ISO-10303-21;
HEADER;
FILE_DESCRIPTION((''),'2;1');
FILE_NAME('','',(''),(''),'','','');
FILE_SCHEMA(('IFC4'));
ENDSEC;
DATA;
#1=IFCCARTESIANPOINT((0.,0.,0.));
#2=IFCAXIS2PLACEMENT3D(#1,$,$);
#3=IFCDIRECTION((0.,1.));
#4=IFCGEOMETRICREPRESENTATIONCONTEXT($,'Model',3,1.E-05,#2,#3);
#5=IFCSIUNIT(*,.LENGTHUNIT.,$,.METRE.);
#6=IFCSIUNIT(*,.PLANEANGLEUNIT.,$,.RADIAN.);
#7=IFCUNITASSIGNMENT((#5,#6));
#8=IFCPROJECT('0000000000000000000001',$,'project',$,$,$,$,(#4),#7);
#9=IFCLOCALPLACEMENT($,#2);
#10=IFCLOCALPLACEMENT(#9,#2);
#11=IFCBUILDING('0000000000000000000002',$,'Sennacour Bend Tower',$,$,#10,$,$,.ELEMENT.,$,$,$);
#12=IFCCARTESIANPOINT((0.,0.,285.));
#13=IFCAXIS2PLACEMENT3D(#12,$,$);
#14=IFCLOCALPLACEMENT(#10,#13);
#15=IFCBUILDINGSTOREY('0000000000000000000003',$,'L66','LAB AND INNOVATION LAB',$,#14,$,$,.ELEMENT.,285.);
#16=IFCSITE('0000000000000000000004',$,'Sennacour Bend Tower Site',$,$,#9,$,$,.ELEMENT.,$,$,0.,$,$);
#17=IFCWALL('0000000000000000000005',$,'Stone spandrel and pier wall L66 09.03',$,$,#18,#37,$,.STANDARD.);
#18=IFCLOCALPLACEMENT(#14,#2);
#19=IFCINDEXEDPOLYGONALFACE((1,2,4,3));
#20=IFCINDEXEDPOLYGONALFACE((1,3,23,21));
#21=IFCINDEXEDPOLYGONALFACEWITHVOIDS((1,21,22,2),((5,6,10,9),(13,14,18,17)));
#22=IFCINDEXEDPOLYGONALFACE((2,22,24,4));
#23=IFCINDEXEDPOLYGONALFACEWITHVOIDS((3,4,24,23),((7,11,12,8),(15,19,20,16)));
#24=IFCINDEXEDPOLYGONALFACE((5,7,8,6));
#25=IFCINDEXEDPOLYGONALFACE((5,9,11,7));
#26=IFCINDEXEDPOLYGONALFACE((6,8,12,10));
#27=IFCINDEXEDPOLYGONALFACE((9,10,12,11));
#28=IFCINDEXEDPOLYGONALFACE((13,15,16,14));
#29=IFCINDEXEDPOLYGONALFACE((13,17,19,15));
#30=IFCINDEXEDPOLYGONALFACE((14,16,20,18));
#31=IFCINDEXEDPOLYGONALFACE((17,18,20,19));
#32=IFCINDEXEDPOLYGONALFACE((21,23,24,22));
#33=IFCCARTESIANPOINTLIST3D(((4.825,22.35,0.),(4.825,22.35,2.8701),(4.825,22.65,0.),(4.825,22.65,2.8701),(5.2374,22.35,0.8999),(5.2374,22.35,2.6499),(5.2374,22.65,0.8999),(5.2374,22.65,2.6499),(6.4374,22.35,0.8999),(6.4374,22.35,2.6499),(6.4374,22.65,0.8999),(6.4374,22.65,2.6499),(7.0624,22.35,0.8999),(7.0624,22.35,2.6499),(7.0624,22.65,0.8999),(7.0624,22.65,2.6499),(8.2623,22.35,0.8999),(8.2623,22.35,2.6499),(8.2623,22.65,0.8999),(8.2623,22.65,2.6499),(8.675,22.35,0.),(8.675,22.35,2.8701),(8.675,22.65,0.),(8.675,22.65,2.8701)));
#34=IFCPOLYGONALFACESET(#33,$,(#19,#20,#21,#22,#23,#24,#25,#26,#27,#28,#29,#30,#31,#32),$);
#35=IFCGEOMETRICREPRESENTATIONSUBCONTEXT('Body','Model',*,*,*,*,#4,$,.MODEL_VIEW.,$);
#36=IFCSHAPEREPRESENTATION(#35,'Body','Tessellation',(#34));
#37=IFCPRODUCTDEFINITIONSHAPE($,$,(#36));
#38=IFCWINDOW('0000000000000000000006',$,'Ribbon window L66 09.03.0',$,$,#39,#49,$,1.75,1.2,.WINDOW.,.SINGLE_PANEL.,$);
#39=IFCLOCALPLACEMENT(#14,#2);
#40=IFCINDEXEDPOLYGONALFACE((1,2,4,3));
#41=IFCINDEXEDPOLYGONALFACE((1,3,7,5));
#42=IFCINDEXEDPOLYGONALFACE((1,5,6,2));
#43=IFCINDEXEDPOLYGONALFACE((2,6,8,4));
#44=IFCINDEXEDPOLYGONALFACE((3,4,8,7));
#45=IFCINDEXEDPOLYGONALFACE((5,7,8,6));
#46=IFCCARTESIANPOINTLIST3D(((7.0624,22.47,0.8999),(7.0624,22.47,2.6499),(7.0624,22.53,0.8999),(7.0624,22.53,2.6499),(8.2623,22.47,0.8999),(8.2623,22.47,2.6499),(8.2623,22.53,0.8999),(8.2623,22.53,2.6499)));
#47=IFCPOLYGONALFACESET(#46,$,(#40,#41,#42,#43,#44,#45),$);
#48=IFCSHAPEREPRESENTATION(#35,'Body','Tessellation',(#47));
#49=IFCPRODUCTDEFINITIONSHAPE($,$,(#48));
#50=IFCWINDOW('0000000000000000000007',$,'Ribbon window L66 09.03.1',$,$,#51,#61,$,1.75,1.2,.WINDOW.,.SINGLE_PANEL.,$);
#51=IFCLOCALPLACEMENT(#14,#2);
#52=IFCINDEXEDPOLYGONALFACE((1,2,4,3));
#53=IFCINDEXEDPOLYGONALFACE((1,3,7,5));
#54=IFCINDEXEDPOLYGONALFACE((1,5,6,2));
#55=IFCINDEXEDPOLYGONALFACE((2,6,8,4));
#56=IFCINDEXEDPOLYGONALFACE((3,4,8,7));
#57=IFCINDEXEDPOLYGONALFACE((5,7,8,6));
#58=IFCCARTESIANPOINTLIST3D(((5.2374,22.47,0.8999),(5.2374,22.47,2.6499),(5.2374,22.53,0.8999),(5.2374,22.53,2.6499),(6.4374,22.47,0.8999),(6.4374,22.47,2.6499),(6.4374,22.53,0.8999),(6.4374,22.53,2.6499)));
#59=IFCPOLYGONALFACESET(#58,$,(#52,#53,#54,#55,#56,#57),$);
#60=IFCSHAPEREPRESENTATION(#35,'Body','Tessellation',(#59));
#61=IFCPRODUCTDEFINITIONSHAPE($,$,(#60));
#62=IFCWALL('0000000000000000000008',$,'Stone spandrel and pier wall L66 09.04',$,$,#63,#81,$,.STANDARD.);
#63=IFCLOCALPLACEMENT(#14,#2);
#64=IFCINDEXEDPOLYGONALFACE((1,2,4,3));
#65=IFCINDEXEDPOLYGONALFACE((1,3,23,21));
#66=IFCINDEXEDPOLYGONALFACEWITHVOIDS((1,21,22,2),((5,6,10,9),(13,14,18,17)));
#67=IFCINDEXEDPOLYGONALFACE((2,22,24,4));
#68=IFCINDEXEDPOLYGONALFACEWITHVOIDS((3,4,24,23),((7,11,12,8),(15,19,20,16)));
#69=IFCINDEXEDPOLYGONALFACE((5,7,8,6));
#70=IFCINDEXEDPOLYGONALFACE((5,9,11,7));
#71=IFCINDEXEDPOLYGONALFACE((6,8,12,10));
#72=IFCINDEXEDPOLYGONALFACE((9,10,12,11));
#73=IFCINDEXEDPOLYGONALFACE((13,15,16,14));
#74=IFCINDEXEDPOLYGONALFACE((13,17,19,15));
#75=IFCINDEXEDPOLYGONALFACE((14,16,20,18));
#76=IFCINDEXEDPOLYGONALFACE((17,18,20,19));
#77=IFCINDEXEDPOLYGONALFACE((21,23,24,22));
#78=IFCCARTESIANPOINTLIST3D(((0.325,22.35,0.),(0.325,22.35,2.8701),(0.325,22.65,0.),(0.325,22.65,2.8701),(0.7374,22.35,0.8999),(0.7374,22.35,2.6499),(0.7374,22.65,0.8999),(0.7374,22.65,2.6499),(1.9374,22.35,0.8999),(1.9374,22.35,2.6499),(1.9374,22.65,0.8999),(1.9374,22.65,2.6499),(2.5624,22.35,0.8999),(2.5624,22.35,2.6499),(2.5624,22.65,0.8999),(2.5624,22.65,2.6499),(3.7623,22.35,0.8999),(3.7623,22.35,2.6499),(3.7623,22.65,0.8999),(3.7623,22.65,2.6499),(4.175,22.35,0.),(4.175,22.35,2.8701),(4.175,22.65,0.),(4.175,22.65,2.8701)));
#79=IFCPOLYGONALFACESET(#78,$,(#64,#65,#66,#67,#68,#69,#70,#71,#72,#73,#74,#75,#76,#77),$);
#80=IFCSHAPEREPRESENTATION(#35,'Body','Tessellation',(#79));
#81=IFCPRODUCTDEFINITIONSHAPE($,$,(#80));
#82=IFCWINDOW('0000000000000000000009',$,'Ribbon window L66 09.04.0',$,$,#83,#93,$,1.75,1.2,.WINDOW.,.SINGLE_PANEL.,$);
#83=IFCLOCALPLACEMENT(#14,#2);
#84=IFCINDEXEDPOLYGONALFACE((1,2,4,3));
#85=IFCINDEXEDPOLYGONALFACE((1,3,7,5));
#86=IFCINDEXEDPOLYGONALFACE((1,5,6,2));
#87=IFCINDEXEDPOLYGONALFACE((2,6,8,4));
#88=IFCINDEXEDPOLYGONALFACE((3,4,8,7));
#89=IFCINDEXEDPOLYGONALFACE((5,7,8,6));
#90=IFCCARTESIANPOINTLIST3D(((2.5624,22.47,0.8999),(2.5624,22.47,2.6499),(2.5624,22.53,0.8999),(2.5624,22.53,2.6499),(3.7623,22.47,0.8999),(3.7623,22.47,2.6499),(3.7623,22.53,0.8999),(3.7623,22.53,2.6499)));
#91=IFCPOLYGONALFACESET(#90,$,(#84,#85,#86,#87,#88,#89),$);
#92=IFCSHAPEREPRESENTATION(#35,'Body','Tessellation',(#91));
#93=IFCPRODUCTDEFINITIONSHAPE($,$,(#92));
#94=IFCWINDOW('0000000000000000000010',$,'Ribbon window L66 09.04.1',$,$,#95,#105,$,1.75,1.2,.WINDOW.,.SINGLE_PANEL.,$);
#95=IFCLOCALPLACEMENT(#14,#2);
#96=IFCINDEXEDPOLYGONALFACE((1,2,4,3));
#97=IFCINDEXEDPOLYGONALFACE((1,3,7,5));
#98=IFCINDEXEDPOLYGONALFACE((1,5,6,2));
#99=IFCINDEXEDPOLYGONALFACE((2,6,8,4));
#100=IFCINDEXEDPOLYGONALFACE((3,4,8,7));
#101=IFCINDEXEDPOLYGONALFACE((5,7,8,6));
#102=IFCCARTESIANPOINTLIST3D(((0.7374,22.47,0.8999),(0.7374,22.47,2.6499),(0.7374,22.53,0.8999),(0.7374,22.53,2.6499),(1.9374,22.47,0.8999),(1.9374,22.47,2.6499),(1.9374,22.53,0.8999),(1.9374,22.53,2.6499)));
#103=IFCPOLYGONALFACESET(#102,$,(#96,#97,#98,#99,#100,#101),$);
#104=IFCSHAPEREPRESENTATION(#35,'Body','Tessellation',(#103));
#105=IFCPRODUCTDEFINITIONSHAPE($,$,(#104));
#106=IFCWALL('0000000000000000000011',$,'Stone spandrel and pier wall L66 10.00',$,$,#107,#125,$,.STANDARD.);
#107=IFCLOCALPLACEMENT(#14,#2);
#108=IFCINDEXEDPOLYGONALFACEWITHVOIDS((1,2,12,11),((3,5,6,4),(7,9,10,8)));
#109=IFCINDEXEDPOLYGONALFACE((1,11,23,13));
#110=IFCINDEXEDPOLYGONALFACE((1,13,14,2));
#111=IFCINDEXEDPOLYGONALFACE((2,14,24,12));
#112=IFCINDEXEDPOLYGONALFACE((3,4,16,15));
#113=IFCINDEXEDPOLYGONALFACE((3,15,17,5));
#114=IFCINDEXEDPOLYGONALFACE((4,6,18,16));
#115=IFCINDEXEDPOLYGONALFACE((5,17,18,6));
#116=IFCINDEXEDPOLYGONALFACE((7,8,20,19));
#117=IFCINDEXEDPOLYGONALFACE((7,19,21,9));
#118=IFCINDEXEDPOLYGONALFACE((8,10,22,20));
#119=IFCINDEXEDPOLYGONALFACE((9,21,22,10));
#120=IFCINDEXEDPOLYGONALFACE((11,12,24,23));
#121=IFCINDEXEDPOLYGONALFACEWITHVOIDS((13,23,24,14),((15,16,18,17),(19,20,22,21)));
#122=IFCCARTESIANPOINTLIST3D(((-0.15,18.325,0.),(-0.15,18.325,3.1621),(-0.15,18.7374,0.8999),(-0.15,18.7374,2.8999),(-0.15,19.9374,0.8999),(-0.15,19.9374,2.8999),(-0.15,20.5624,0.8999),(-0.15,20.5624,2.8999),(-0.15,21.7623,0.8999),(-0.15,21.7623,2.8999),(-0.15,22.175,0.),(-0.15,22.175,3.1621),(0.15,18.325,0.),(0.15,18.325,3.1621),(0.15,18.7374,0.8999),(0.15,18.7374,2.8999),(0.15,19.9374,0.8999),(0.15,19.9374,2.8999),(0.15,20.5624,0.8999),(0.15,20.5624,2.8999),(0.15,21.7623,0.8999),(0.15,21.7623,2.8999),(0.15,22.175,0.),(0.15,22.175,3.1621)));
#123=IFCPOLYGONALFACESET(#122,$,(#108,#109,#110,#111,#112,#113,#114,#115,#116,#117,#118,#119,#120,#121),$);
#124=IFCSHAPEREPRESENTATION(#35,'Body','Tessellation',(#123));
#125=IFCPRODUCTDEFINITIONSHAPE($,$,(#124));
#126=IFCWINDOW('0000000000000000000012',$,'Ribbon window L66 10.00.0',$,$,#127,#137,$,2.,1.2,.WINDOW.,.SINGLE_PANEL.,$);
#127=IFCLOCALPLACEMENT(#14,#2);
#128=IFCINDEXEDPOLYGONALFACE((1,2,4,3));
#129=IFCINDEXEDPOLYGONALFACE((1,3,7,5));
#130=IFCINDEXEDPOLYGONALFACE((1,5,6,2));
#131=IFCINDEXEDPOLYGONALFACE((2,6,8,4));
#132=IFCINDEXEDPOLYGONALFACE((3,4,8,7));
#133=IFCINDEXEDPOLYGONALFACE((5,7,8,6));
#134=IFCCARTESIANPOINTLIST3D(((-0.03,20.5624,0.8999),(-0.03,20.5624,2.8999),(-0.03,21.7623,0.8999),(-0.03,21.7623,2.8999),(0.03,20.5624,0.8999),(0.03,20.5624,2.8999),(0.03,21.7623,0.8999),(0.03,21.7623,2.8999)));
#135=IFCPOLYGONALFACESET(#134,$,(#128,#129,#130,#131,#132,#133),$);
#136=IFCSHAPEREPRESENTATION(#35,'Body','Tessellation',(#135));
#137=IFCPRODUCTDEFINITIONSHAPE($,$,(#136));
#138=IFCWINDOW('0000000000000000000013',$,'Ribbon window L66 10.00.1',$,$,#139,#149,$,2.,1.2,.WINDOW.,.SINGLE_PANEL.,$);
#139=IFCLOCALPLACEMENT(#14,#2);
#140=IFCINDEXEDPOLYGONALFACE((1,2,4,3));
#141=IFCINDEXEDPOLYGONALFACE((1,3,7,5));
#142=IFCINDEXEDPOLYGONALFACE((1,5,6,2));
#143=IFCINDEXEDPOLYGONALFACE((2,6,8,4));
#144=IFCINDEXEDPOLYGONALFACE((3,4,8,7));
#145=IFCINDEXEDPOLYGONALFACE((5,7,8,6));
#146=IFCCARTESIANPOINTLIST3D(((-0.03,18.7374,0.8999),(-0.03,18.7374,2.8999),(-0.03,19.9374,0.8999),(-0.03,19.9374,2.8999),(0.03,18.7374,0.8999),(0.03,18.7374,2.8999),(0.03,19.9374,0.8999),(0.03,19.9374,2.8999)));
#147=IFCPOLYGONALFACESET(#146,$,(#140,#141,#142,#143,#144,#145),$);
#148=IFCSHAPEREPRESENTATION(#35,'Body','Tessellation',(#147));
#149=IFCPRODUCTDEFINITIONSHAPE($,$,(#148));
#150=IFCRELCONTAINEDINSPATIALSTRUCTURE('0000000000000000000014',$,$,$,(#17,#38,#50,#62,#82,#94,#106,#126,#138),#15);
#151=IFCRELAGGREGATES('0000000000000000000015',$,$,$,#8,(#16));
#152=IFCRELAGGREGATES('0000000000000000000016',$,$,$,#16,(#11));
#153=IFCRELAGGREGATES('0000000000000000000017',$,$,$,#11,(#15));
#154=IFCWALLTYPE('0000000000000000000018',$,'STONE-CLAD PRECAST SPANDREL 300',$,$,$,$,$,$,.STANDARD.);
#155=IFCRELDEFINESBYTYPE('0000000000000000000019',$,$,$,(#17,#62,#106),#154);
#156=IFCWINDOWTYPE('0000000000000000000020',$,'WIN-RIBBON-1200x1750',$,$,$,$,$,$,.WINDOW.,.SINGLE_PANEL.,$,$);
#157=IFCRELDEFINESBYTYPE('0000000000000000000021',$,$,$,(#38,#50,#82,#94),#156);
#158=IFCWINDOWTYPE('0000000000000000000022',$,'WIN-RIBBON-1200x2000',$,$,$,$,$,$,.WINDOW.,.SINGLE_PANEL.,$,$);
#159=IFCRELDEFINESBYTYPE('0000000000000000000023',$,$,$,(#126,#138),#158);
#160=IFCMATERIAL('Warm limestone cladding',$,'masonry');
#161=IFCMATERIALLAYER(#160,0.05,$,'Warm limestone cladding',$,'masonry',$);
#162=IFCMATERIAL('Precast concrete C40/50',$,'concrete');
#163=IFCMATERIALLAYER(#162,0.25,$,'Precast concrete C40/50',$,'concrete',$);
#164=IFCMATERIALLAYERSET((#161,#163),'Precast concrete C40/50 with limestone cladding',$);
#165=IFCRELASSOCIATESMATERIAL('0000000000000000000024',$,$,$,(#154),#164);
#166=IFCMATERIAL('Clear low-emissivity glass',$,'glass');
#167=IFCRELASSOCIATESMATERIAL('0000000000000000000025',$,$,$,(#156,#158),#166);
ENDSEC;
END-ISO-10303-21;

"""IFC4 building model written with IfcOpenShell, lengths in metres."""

from ifc_helpers import new_model, si_unit, direction, frame, frame_2d, origin, place, context, subcontext, project, spatial, rectangle, extrude, material, layer, layer_set, type_object, element, fill, save


model = new_model("IFC4")

# Units and contexts
model_context = context("Model", 3, precision=1e-05, world=origin(), true_north=direction((0.0, 1.0)))
body_context = subcontext(model_context, "Body", "Model", "MODEL_VIEW")
ifc_project = project(units=[si_unit("LENGTHUNIT", "METRE"), si_unit("PLANEANGLEUNIT", "RADIAN")], contexts=[model_context])

# Site, building, storey
site_placement = place(None, origin())
site = spatial("IfcSite", under=ifc_project, at=site_placement, Name="Sennacour Bend Tower Site", CompositionType="ELEMENT", RefElevation=0.0)
building_placement = place(site_placement, origin())
building = spatial("IfcBuilding", under=site, at=building_placement, Name="Sennacour Bend Tower", CompositionType="ELEMENT")
storey_placement = place(building_placement, frame((0.0, 0.0, 285.0)))
storey = spatial("IfcBuildingStorey", under=building, at=storey_placement, Name="L66", Description="LAB AND INNOVATION LAB", CompositionType="ELEMENT", Elevation=285.0)

# Walls, openings, windows
ifc_material_1 = material(Name="Warm limestone cladding", Category="masonry")
ifc_layer_1 = layer(ifc_material_1, 0.05, Name="Warm limestone cladding", Category="masonry")
ifc_material_2 = material(Name="Precast concrete C40/50", Category="concrete")
ifc_layer_2 = layer(ifc_material_2, 0.25, Name="Precast concrete C40/50", Category="concrete")
ifc_layer_set_1 = layer_set([ifc_layer_1, ifc_layer_2], Name="Precast concrete C40/50 with limestone cladding")
wall_type_1 = type_object("IfcWallType", Name="STONE-CLAD PRECAST SPANDREL 300", PredefinedType="STANDARD", material=ifc_layer_set_1)
wall_1_placement = place(storey_placement, frame((8.675, 22.5, 0.0), z_axis=(0.0, 0.0, 1.0), x_axis=(-1.0, 0.0, 0.0)))
wall_1 = element("IfcWall", 1, at=wall_1_placement, inside=storey, type_object=wall_type_1, Name="Stone spandrel and pier wall L66 09.03", PredefinedType="STANDARD", context=body_context, shape_type="SweptSolid", body=[
    extrude(rectangle(XDim=3.8501, YDim=0.3, at=frame_2d((1.925, 0.0))), origin(), (0.0, 0.0, 1.0), 2.8701),
])
opening_1_placement = place(wall_1_placement, frame((0.4126, 0.0, 0.8999)))
opening_1 = element("IfcOpeningElement", 2, at=opening_1_placement, cuts=wall_1, PredefinedType="OPENING", context=body_context, shape_type="SweptSolid", body=[
    extrude(rectangle(XDim=1.2, YDim=1.75, at=frame_2d((0.6001, 0.875))), frame((0.0, 0.1602, 0.0), z_axis=(0.0, -1.0, 0.0), x_axis=(1.0, 0.0, 0.0)), (0.0, 0.0, 1.0), 0.3201),
])
opening_2_placement = place(wall_1_placement, frame((2.2375, 0.0, 0.8999)))
opening_2 = element("IfcOpeningElement", 3, at=opening_2_placement, cuts=wall_1, PredefinedType="OPENING", context=body_context, shape_type="SweptSolid", body=[
    extrude(rectangle(XDim=1.2, YDim=1.75, at=frame_2d((0.6001, 0.875))), frame((0.0, 0.1602, 0.0), z_axis=(0.0, -1.0, 0.0), x_axis=(1.0, 0.0, 0.0)), (0.0, 0.0, 1.0), 0.3201),
])
ifc_material_3 = material(Name="Clear low-emissivity glass", Category="glass")
window_type_1 = type_object("IfcWindowType", Name="WIN-RIBBON-1200x1750", PartitioningType="SINGLE_PANEL", PredefinedType="WINDOW", material=ifc_material_3)
window_1_placement = place(opening_1_placement, origin())
window_1 = element("IfcWindow", 4, at=window_1_placement, inside=storey, type_object=window_type_1, Name="Ribbon window L66 09.03.0", OverallHeight=1.75, OverallWidth=1.2, PartitioningType="SINGLE_PANEL", PredefinedType="WINDOW", context=body_context, shape_type="SweptSolid", body=[
    extrude(rectangle(XDim=1.2, YDim=1.75, at=frame_2d((0.6001, 0.875))), frame((0.0, 0.03, 0.0), z_axis=(0.0, -1.0, 0.0), x_axis=(1.0, 0.0, 0.0)), (0.0, 0.0, 1.0), 0.0601),
])
fill(opening_1, window_1)
window_2_placement = place(opening_2_placement, origin())
window_2 = element("IfcWindow", 5, at=window_2_placement, inside=storey, type_object=window_type_1, Name="Ribbon window L66 09.03.1", OverallHeight=1.75, OverallWidth=1.2, PartitioningType="SINGLE_PANEL", PredefinedType="WINDOW", context=body_context, shape_type="SweptSolid", body=[
    extrude(rectangle(XDim=1.2, YDim=1.75, at=frame_2d((0.6001, 0.875))), frame((0.0, 0.03, 0.0), z_axis=(0.0, -1.0, 0.0), x_axis=(1.0, 0.0, 0.0)), (0.0, 0.0, 1.0), 0.0601),
])
fill(opening_2, window_2)
wall_2_placement = place(storey_placement, frame((4.175, 22.5, 0.0), z_axis=(0.0, 0.0, 1.0), x_axis=(-1.0, 0.0, 0.0)))
wall_2 = element("IfcWall", 6, at=wall_2_placement, inside=storey, type_object=wall_type_1, Name="Stone spandrel and pier wall L66 09.04", PredefinedType="STANDARD", context=body_context, shape_type="SweptSolid", body=[
    extrude(rectangle(XDim=3.8501, YDim=0.3, at=frame_2d((1.925, 0.0))), origin(), (0.0, 0.0, 1.0), 2.8701),
])
opening_3_placement = place(wall_2_placement, frame((0.4126, 0.0, 0.8999)))
opening_3 = element("IfcOpeningElement", 7, at=opening_3_placement, cuts=wall_2, PredefinedType="OPENING", context=body_context, shape_type="SweptSolid", body=[
    extrude(rectangle(XDim=1.2, YDim=1.75, at=frame_2d((0.6001, 0.875))), frame((0.0, 0.1602, 0.0), z_axis=(0.0, -1.0, 0.0), x_axis=(1.0, 0.0, 0.0)), (0.0, 0.0, 1.0), 0.3201),
])
opening_4_placement = place(wall_2_placement, frame((2.2375, 0.0, 0.8999)))
opening_4 = element("IfcOpeningElement", 8, at=opening_4_placement, cuts=wall_2, PredefinedType="OPENING", context=body_context, shape_type="SweptSolid", body=[
    extrude(rectangle(XDim=1.2, YDim=1.75, at=frame_2d((0.6001, 0.875))), frame((0.0, 0.1602, 0.0), z_axis=(0.0, -1.0, 0.0), x_axis=(1.0, 0.0, 0.0)), (0.0, 0.0, 1.0), 0.3201),
])
window_3_placement = place(opening_3_placement, origin())
window_3 = element("IfcWindow", 9, at=window_3_placement, inside=storey, type_object=window_type_1, Name="Ribbon window L66 09.04.0", OverallHeight=1.75, OverallWidth=1.2, PartitioningType="SINGLE_PANEL", PredefinedType="WINDOW", context=body_context, shape_type="SweptSolid", body=[
    extrude(rectangle(XDim=1.2, YDim=1.75, at=frame_2d((0.6001, 0.875))), frame((0.0, 0.03, 0.0), z_axis=(0.0, -1.0, 0.0), x_axis=(1.0, 0.0, 0.0)), (0.0, 0.0, 1.0), 0.0601),
])
fill(opening_3, window_3)
window_4_placement = place(opening_4_placement, origin())
window_4 = element("IfcWindow", 10, at=window_4_placement, inside=storey, type_object=window_type_1, Name="Ribbon window L66 09.04.1", OverallHeight=1.75, OverallWidth=1.2, PartitioningType="SINGLE_PANEL", PredefinedType="WINDOW", context=body_context, shape_type="SweptSolid", body=[
    extrude(rectangle(XDim=1.2, YDim=1.75, at=frame_2d((0.6001, 0.875))), frame((0.0, 0.03, 0.0), z_axis=(0.0, -1.0, 0.0), x_axis=(1.0, 0.0, 0.0)), (0.0, 0.0, 1.0), 0.0601),
])
fill(opening_4, window_4)
wall_3_placement = place(storey_placement, frame((0.0, 22.175, 0.0), z_axis=(0.0, 0.0, 1.0), x_axis=(0.0, -1.0, 0.0)))
wall_3 = element("IfcWall", 11, at=wall_3_placement, inside=storey, type_object=wall_type_1, Name="Stone spandrel and pier wall L66 10.00", PredefinedType="STANDARD", context=body_context, shape_type="SweptSolid", body=[
    extrude(rectangle(XDim=3.8501, YDim=0.3, at=frame_2d((1.925, 0.0))), origin(), (0.0, 0.0, 1.0), 3.1621),
])
opening_5_placement = place(wall_3_placement, frame((0.4126, 0.0, 0.8999)))
opening_5 = element("IfcOpeningElement", 12, at=opening_5_placement, cuts=wall_3, PredefinedType="OPENING", context=body_context, shape_type="SweptSolid", body=[
    extrude(rectangle(XDim=1.2, YDim=2.0, at=frame_2d((0.6001, 1.0))), frame((0.0, 0.1602, 0.0), z_axis=(0.0, -1.0, 0.0), x_axis=(1.0, 0.0, 0.0)), (0.0, 0.0, 1.0), 0.3201),
])
opening_6_placement = place(wall_3_placement, frame((2.2375, 0.0, 0.8999)))
opening_6 = element("IfcOpeningElement", 13, at=opening_6_placement, cuts=wall_3, PredefinedType="OPENING", context=body_context, shape_type="SweptSolid", body=[
    extrude(rectangle(XDim=1.2, YDim=2.0, at=frame_2d((0.6001, 1.0))), frame((0.0, 0.1602, 0.0), z_axis=(0.0, -1.0, 0.0), x_axis=(1.0, 0.0, 0.0)), (0.0, 0.0, 1.0), 0.3201),
])
window_type_2 = type_object("IfcWindowType", Name="WIN-RIBBON-1200x2000", PartitioningType="SINGLE_PANEL", PredefinedType="WINDOW", material=ifc_material_3)
window_5_placement = place(opening_5_placement, origin())
window_5 = element("IfcWindow", 14, at=window_5_placement, inside=storey, type_object=window_type_2, Name="Ribbon window L66 10.00.0", OverallHeight=2.0, OverallWidth=1.2, PartitioningType="SINGLE_PANEL", PredefinedType="WINDOW", context=body_context, shape_type="SweptSolid", body=[
    extrude(rectangle(XDim=1.2, YDim=2.0, at=frame_2d((0.6001, 1.0))), frame((0.0, 0.03, 0.0), z_axis=(0.0, -1.0, 0.0), x_axis=(1.0, 0.0, 0.0)), (0.0, 0.0, 1.0), 0.0601),
])
fill(opening_5, window_5)
window_6_placement = place(opening_6_placement, origin())
window_6 = element("IfcWindow", 15, at=window_6_placement, inside=storey, type_object=window_type_2, Name="Ribbon window L66 10.00.1", OverallHeight=2.0, OverallWidth=1.2, PartitioningType="SINGLE_PANEL", PredefinedType="WINDOW", context=body_context, shape_type="SweptSolid", body=[
    extrude(rectangle(XDim=1.2, YDim=2.0, at=frame_2d((0.6001, 1.0))), frame((0.0, 0.03, 0.0), z_axis=(0.0, -1.0, 0.0), x_axis=(1.0, 0.0, 0.0)), (0.0, 0.0, 1.0), 0.0601),
])
fill(opening_6, window_6)

save(model, "model.ifc")
